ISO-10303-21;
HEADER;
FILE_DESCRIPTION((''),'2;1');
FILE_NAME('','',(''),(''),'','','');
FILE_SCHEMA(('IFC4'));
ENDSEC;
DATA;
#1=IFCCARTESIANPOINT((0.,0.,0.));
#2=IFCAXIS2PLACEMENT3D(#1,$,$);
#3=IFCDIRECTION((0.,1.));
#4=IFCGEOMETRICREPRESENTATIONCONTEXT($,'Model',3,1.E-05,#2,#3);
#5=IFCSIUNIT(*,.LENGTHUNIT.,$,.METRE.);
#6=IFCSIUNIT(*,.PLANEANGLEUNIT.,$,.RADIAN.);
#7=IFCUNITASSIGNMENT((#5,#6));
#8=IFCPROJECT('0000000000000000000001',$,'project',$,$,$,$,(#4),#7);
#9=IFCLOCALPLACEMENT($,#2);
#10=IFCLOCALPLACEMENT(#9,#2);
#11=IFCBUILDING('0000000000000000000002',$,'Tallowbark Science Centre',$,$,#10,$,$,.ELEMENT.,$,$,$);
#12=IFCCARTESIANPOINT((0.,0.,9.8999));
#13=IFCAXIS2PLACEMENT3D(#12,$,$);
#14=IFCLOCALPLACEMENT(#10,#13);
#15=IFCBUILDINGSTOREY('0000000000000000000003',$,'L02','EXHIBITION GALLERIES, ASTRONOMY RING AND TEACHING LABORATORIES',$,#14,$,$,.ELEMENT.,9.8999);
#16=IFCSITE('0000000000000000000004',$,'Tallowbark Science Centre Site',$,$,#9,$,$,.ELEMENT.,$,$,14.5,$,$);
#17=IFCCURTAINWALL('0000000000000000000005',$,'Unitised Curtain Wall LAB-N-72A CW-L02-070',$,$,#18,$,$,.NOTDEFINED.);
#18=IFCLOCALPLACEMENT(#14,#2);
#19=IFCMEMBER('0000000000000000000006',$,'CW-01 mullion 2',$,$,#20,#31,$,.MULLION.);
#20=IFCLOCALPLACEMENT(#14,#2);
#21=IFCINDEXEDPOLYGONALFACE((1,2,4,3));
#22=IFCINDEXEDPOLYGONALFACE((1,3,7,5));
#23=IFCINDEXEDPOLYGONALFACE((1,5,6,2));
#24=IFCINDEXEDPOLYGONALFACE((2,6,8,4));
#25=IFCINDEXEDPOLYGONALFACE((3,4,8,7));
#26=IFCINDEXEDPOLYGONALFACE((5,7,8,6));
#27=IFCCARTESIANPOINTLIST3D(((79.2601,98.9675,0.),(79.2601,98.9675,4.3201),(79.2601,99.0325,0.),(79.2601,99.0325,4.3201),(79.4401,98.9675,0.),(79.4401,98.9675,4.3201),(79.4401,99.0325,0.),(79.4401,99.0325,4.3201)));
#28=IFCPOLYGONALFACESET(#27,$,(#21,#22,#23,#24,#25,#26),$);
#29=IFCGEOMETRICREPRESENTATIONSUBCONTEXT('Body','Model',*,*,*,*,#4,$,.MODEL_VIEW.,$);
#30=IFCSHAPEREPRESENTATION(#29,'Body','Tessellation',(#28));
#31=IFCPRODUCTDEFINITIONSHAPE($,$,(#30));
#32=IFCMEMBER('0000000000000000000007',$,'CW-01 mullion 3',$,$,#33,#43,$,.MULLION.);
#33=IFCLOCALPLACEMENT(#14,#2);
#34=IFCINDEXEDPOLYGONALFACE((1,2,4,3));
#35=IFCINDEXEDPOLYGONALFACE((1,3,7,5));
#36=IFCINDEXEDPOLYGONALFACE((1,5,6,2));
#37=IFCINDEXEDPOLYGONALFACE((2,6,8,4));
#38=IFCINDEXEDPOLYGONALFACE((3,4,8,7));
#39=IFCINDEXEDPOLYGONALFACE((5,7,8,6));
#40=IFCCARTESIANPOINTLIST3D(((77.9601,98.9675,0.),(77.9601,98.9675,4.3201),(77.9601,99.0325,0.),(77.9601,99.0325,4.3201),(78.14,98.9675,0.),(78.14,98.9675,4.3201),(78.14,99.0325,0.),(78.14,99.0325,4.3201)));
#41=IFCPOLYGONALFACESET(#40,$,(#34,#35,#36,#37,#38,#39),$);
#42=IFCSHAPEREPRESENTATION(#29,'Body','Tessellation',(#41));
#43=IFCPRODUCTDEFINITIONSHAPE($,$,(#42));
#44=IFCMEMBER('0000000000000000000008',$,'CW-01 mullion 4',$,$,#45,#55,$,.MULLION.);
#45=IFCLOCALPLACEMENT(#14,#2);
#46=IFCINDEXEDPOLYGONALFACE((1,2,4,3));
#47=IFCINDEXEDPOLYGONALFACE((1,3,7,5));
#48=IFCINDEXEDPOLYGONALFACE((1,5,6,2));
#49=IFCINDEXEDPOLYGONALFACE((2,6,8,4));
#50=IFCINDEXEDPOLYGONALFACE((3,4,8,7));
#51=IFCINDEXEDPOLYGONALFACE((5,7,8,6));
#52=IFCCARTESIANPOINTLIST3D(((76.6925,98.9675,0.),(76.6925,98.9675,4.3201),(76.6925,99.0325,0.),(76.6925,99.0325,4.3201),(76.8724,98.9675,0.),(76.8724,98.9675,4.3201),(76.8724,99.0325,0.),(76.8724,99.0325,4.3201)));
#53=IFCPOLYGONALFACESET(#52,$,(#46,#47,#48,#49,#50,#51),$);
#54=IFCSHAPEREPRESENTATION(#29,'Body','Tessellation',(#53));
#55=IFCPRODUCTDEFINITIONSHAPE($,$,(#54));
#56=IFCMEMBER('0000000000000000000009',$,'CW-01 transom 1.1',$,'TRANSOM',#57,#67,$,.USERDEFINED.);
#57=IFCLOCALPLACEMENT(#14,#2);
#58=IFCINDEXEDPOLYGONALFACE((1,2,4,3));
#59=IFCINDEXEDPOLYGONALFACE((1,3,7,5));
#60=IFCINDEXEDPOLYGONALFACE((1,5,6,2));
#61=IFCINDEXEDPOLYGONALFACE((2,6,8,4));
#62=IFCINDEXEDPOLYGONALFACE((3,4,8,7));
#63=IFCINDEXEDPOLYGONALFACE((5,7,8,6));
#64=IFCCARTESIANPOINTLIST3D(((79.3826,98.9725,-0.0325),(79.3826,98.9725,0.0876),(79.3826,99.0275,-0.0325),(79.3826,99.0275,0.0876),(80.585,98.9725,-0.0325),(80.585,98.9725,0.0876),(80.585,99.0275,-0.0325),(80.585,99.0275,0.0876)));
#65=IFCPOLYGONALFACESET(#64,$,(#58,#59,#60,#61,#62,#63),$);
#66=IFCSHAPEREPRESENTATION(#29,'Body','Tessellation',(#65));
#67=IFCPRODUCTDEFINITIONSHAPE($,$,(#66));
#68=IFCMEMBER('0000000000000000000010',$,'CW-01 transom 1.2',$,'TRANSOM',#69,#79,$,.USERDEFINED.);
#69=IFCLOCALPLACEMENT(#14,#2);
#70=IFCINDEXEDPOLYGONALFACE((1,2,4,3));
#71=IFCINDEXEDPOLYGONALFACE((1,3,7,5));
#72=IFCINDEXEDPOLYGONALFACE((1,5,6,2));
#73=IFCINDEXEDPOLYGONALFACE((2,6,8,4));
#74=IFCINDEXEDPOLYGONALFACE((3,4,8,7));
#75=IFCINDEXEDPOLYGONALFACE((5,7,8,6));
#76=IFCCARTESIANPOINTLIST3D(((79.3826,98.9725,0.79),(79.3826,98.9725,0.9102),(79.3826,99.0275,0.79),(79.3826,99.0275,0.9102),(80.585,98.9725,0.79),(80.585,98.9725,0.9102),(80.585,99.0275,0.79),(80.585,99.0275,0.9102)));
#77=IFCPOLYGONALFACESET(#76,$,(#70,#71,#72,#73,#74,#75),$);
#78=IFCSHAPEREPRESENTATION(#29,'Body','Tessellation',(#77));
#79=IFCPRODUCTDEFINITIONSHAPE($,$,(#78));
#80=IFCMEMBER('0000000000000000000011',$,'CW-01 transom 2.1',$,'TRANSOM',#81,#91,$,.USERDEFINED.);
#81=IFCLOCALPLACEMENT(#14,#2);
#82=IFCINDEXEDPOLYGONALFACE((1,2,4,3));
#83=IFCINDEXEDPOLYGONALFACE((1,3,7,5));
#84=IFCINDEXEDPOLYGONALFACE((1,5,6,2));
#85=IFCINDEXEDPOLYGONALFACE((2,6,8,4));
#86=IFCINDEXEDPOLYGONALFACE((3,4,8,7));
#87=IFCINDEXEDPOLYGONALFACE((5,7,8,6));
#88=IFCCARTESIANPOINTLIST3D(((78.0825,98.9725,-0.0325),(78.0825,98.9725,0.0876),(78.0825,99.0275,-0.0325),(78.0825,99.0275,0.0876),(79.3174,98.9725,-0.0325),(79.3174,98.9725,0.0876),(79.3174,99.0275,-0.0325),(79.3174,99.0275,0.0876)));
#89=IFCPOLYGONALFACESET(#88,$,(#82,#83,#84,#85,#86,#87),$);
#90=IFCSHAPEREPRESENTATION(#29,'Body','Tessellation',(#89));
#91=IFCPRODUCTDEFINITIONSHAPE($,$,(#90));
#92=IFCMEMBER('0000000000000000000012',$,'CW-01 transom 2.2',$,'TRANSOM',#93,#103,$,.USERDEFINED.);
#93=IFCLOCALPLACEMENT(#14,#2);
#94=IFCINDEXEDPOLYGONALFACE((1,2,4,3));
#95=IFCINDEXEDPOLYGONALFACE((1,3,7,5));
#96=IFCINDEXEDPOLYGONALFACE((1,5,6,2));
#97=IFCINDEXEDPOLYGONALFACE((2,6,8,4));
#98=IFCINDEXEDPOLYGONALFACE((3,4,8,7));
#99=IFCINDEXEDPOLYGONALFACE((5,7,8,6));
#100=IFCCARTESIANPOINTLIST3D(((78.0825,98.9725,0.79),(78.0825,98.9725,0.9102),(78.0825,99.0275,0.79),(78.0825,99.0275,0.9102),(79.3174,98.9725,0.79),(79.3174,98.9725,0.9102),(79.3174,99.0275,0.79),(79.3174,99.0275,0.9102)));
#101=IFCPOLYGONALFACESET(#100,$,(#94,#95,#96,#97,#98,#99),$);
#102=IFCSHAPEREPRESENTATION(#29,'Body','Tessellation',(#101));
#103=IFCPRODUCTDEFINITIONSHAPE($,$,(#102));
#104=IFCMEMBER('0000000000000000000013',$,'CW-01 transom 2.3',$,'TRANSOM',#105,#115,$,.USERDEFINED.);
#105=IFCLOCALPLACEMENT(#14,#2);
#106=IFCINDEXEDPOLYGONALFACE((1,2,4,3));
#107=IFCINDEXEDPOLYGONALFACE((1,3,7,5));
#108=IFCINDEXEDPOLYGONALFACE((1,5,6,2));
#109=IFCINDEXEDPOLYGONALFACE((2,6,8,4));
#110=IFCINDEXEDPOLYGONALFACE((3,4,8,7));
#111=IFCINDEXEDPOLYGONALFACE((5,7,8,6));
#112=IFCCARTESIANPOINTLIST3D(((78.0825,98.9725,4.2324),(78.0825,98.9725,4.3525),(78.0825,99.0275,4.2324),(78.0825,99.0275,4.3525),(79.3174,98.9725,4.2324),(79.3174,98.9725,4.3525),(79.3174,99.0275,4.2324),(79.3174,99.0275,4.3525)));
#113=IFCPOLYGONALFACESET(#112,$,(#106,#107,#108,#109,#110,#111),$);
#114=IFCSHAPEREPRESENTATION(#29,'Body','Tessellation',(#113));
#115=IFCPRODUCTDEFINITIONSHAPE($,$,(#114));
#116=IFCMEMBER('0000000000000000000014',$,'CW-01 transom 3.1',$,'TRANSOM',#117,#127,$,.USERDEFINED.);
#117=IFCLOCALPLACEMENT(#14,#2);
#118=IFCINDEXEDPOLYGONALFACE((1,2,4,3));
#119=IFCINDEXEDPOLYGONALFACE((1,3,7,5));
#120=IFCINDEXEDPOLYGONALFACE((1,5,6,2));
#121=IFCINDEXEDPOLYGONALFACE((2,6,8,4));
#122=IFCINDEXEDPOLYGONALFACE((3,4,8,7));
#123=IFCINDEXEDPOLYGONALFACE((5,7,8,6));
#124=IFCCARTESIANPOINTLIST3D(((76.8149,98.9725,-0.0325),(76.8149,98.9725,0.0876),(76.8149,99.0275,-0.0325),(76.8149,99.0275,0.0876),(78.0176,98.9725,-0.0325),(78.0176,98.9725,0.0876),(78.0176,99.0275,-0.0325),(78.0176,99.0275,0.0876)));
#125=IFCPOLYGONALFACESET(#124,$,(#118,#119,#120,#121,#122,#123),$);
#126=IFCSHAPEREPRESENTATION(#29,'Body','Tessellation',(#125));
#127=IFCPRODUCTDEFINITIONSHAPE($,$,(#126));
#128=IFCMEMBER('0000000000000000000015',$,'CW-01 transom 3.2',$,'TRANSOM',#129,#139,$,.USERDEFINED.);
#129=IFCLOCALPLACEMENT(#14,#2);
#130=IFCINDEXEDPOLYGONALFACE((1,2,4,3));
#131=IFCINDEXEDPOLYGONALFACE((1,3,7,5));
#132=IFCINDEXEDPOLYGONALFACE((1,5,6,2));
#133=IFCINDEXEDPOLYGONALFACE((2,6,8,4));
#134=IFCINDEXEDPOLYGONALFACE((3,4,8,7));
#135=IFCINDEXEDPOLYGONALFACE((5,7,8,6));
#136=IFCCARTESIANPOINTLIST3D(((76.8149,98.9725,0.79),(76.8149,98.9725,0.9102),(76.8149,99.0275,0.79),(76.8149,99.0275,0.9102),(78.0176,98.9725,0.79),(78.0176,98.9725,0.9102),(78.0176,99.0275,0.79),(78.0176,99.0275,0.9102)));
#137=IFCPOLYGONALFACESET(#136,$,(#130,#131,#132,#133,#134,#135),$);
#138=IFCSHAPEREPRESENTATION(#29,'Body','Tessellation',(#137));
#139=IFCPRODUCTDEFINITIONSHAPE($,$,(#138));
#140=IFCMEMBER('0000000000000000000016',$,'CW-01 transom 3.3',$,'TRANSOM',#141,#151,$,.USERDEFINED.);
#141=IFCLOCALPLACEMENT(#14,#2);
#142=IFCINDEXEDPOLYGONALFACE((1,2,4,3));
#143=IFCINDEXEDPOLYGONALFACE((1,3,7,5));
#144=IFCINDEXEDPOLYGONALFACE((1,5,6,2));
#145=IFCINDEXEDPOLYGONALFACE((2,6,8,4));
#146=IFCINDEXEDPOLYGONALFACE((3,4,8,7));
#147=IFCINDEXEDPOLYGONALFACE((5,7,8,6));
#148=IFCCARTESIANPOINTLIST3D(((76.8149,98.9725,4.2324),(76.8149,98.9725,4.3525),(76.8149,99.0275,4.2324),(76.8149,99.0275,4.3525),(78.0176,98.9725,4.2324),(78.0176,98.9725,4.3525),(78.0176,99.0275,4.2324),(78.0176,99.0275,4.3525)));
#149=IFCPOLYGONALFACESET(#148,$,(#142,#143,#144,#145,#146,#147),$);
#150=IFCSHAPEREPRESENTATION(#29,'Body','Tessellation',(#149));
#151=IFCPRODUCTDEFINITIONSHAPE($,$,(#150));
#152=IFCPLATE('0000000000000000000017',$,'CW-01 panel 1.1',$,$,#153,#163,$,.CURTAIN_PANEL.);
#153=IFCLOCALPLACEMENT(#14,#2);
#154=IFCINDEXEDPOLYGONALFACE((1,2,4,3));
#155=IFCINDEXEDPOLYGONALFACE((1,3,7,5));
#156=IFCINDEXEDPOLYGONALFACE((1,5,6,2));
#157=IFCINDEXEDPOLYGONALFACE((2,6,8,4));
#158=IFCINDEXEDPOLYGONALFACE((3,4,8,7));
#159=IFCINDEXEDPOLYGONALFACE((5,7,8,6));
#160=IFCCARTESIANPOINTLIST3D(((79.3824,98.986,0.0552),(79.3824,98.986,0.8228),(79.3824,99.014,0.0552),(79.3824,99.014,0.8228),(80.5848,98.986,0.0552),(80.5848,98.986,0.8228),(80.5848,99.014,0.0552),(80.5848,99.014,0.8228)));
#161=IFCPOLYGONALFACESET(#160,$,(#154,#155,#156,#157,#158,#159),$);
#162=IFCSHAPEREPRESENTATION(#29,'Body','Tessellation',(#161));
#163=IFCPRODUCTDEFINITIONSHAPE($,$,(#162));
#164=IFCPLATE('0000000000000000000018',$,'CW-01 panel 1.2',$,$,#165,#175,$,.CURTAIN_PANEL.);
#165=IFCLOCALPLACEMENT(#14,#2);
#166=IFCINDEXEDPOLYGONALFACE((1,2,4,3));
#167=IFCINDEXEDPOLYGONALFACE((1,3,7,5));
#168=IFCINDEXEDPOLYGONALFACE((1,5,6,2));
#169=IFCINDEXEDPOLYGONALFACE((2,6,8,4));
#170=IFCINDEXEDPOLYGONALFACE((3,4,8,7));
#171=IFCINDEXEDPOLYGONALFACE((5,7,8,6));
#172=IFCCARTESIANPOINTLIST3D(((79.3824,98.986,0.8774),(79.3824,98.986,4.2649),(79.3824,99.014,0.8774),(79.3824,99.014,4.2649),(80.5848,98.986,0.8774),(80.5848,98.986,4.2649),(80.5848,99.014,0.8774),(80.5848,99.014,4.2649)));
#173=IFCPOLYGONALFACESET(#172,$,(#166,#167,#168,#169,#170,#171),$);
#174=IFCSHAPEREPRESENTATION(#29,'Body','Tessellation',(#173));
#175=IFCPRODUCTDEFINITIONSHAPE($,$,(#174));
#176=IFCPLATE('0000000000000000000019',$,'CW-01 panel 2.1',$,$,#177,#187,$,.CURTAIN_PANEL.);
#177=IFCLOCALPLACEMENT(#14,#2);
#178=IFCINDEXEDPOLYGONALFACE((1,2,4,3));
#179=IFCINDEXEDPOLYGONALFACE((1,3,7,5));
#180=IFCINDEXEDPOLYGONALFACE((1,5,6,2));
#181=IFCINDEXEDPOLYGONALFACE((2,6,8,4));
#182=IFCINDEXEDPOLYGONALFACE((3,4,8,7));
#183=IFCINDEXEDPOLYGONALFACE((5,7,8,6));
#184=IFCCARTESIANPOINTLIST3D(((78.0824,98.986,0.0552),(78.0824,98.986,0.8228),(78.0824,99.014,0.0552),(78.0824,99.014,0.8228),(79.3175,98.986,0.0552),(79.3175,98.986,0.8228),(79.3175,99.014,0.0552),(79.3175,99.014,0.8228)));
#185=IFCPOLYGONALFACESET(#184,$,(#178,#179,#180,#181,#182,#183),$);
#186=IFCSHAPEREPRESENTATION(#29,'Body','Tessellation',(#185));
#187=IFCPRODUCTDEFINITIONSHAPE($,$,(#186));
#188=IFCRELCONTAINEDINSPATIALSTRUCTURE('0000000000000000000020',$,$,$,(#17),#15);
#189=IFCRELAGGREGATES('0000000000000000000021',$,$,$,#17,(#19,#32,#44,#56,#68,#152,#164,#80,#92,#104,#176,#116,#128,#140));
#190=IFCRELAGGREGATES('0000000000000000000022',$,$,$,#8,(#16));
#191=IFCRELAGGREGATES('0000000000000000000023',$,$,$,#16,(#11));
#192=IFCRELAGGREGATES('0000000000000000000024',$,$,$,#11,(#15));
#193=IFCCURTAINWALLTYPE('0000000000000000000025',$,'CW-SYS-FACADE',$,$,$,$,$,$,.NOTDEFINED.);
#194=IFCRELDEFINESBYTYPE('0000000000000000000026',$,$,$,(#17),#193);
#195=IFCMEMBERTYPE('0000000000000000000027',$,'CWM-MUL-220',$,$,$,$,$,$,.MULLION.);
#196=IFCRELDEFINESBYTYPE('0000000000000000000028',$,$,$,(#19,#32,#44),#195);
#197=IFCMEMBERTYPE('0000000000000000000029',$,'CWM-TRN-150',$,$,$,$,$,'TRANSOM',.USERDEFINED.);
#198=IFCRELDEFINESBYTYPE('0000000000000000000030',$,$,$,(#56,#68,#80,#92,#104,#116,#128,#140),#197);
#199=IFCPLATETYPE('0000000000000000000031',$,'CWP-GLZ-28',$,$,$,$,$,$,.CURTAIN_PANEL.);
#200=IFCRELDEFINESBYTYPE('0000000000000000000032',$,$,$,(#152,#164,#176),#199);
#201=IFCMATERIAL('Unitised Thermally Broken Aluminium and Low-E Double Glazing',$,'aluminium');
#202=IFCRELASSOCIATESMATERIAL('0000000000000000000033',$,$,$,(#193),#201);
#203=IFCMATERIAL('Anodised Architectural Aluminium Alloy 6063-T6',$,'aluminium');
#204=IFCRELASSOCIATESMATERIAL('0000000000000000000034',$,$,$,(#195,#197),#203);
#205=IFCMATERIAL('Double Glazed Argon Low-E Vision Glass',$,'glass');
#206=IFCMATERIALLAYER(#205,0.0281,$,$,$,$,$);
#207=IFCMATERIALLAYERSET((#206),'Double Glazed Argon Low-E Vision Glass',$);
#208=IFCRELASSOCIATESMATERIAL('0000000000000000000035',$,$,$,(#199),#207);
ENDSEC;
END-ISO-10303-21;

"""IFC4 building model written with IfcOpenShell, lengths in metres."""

from ifc_helpers import new_model, si_unit, direction, frame, origin, origin_2d, place, context, subcontext, project, spatial, rectangle, extrude, material, layer, layer_set, material_profile, profile_set, type_object, element, aggregate, save


model = new_model("IFC4")

# Units and contexts
model_context = context("Model", 3, precision=1e-05, world=origin(), true_north=direction((0.0, 1.0)))
body_context = subcontext(model_context, "Body", "Model", "MODEL_VIEW")
ifc_project = project(units=[si_unit("LENGTHUNIT", "METRE"), si_unit("PLANEANGLEUNIT", "RADIAN")], contexts=[model_context])

# Site, building, storey
site_placement = place(None, origin())
site = spatial("IfcSite", under=ifc_project, at=site_placement, Name="Tallowbark Science Centre Site", CompositionType="ELEMENT", RefElevation=14.5)
building_placement = place(site_placement, origin())
building = spatial("IfcBuilding", under=site, at=building_placement, Name="Tallowbark Science Centre", CompositionType="ELEMENT")
storey_placement = place(building_placement, frame((0.0, 0.0, 9.8999)))
storey = spatial("IfcBuildingStorey", under=building, at=storey_placement, Name="L02", Description="EXHIBITION GALLERIES, ASTRONOMY RING AND TEACHING LABORATORIES", CompositionType="ELEMENT", Elevation=9.8999)

# Curtain wall, members, plates
ifc_material_1 = material(Name="Unitised Thermally Broken Aluminium and Low-E Double Glazing", Category="aluminium")
curtain_wall_type = type_object("IfcCurtainWallType", Name="CW-SYS-FACADE", PredefinedType="NOTDEFINED", material=ifc_material_1)
curtain_wall_placement = place(storey_placement, origin())
curtain_wall = element("IfcCurtainWall", 1, at=curtain_wall_placement, inside=storey, type_object=curtain_wall_type, Name="Unitised Curtain Wall LAB-N-72A CW-L02-070", PredefinedType="NOTDEFINED")
ifc_material_2 = material(Name="Anodised Architectural Aluminium Alloy 6063-T6", Category="aluminium")
ifc_material_profile_1 = material_profile(ifc_material_2, rectangle(XDim=0.0649, YDim=0.1799, at=origin_2d()), Name="ALU65x180")
ifc_profile_set_1 = profile_set([ifc_material_profile_1], Name="Anodised Architectural Aluminium Alloy 6063-T6")
member_type_1 = type_object("IfcMemberType", Name="CWM-MUL-220", PredefinedType="MULLION", material=ifc_profile_set_1)
member_1_placement = place(storey_placement, frame((79.3501, 99.0, 0.0), z_axis=(0.0, 0.0, 1.0), x_axis=(0.0, -1.0, 0.0)))
member_1 = element("IfcMember", 2, at=member_1_placement, type_object=member_type_1, Name="CW-01 mullion 2", PredefinedType="MULLION", context=body_context, shape_type="SweptSolid", body=[
    extrude(rectangle(XDim=0.0649, YDim=0.1799, at=origin_2d()), origin(), (0.0, 0.0, 1.0), 4.3201),
])
member_2_placement = place(storey_placement, frame((78.05, 99.0, 0.0), z_axis=(0.0, 0.0, 1.0), x_axis=(0.0, -1.0, 0.0)))
member_2 = element("IfcMember", 3, at=member_2_placement, type_object=member_type_1, Name="CW-01 mullion 3", PredefinedType="MULLION", context=body_context, shape_type="SweptSolid", body=[
    extrude(rectangle(XDim=0.0649, YDim=0.1799, at=origin_2d()), origin(), (0.0, 0.0, 1.0), 4.3201),
])
member_3_placement = place(storey_placement, frame((76.7825, 99.0, 0.0), z_axis=(0.0, 0.0, 1.0), x_axis=(0.0, -1.0, 0.0)))
member_3 = element("IfcMember", 4, at=member_3_placement, type_object=member_type_1, Name="CW-01 mullion 4", PredefinedType="MULLION", context=body_context, shape_type="SweptSolid", body=[
    extrude(rectangle(XDim=0.0649, YDim=0.1799, at=origin_2d()), origin(), (0.0, 0.0, 1.0), 4.3201),
])
ifc_material_profile_2 = material_profile(ifc_material_2, rectangle(XDim=0.0549, YDim=0.1201, at=origin_2d()), Name="ALU55x120")
ifc_profile_set_2 = profile_set([ifc_material_profile_2], Name="Anodised Architectural Aluminium Alloy 6063-T6")
member_type_2 = type_object("IfcMemberType", Name="CWM-TRN-150", ElementType="TRANSOM", PredefinedType="USERDEFINED", material=ifc_profile_set_2)
member_4_placement = place(storey_placement, frame((80.585, 99.0, 0.0276), z_axis=(-1.0, 0.0, 0.0), x_axis=(0.0, -1.0, 0.0)))
member_4 = element("IfcMember", 5, at=member_4_placement, type_object=member_type_2, Name="CW-01 transom 1.1", ObjectType="TRANSOM", PredefinedType="USERDEFINED", context=body_context, shape_type="SweptSolid", body=[
    extrude(rectangle(XDim=0.0549, YDim=0.1201, at=origin_2d()), origin(), (0.0, 0.0, 1.0), 1.2024),
])
member_5_placement = place(storey_placement, frame((80.585, 99.0, 0.8501), z_axis=(-1.0, 0.0, 0.0), x_axis=(0.0, -1.0, 0.0)))
member_5 = element("IfcMember", 6, at=member_5_placement, type_object=member_type_2, Name="CW-01 transom 1.2", ObjectType="TRANSOM", PredefinedType="USERDEFINED", context=body_context, shape_type="SweptSolid", body=[
    extrude(rectangle(XDim=0.0549, YDim=0.1201, at=origin_2d()), origin(), (0.0, 0.0, 1.0), 1.2024),
])
member_6_placement = place(storey_placement, frame((79.3174, 99.0, 0.0276), z_axis=(-1.0, 0.0, 0.0), x_axis=(0.0, -1.0, 0.0)))
member_6 = element("IfcMember", 7, at=member_6_placement, type_object=member_type_2, Name="CW-01 transom 2.1", ObjectType="TRANSOM", PredefinedType="USERDEFINED", context=body_context, shape_type="SweptSolid", body=[
    extrude(rectangle(XDim=0.0549, YDim=0.1201, at=origin_2d()), origin(), (0.0, 0.0, 1.0), 1.2349),
])
member_7_placement = place(storey_placement, frame((79.3174, 99.0, 0.8501), z_axis=(-1.0, 0.0, 0.0), x_axis=(0.0, -1.0, 0.0)))
member_7 = element("IfcMember", 8, at=member_7_placement, type_object=member_type_2, Name="CW-01 transom 2.2", ObjectType="TRANSOM", PredefinedType="USERDEFINED", context=body_context, shape_type="SweptSolid", body=[
    extrude(rectangle(XDim=0.0549, YDim=0.1201, at=origin_2d()), origin(), (0.0, 0.0, 1.0), 1.2349),
])
member_8_placement = place(storey_placement, frame((79.3174, 99.0, 4.2925), z_axis=(-1.0, 0.0, 0.0), x_axis=(0.0, -1.0, 0.0)))
member_8 = element("IfcMember", 9, at=member_8_placement, type_object=member_type_2, Name="CW-01 transom 2.3", ObjectType="TRANSOM", PredefinedType="USERDEFINED", context=body_context, shape_type="SweptSolid", body=[
    extrude(rectangle(XDim=0.0549, YDim=0.1201, at=origin_2d()), origin(), (0.0, 0.0, 1.0), 1.2349),
])
member_9_placement = place(storey_placement, frame((78.0176, 99.0, 0.0276), z_axis=(-1.0, 0.0, 0.0), x_axis=(0.0, -1.0, 0.0)))
member_9 = element("IfcMember", 10, at=member_9_placement, type_object=member_type_2, Name="CW-01 transom 3.1", ObjectType="TRANSOM", PredefinedType="USERDEFINED", context=body_context, shape_type="SweptSolid", body=[
    extrude(rectangle(XDim=0.0549, YDim=0.1201, at=origin_2d()), origin(), (0.0, 0.0, 1.0), 1.2026),
])
member_10_placement = place(storey_placement, frame((78.0176, 99.0, 0.8501), z_axis=(-1.0, 0.0, 0.0), x_axis=(0.0, -1.0, 0.0)))
member_10 = element("IfcMember", 11, at=member_10_placement, type_object=member_type_2, Name="CW-01 transom 3.2", ObjectType="TRANSOM", PredefinedType="USERDEFINED", context=body_context, shape_type="SweptSolid", body=[
    extrude(rectangle(XDim=0.0549, YDim=0.1201, at=origin_2d()), origin(), (0.0, 0.0, 1.0), 1.2026),
])
member_11_placement = place(storey_placement, frame((78.0176, 99.0, 4.2925), z_axis=(-1.0, 0.0, 0.0), x_axis=(0.0, -1.0, 0.0)))
member_11 = element("IfcMember", 12, at=member_11_placement, type_object=member_type_2, Name="CW-01 transom 3.3", ObjectType="TRANSOM", PredefinedType="USERDEFINED", context=body_context, shape_type="SweptSolid", body=[
    extrude(rectangle(XDim=0.0549, YDim=0.1201, at=origin_2d()), origin(), (0.0, 0.0, 1.0), 1.2026),
])
ifc_material_3 = material(Name="Double Glazed Argon Low-E Vision Glass", Category="glass")
ifc_layer_1 = layer(ifc_material_3, 0.0281)
ifc_layer_set_1 = layer_set([ifc_layer_1], Name="Double Glazed Argon Low-E Vision Glass")
plate_type = type_object("IfcPlateType", Name="CWP-GLZ-28", PredefinedType="CURTAIN_PANEL", material=ifc_layer_set_1)
plate_1_placement = place(storey_placement, frame((79.9836, 99.0, 0.0552), z_axis=(0.0, 0.0, 1.0), x_axis=(-1.0, 0.0, 0.0)))
plate_1 = element("IfcPlate", 13, at=plate_1_placement, type_object=plate_type, Name="CW-01 panel 1.1", PredefinedType="CURTAIN_PANEL", context=body_context, shape_type="SweptSolid", body=[
    extrude(rectangle(XDim=1.2024, YDim=0.0281, at=origin_2d()), origin(), (0.0, 0.0, 1.0), 0.7676),
])
plate_2_placement = place(storey_placement, frame((79.9836, 99.0, 0.8774), z_axis=(0.0, 0.0, 1.0), x_axis=(-1.0, 0.0, 0.0)))
plate_2 = element("IfcPlate", 14, at=plate_2_placement, type_object=plate_type, Name="CW-01 panel 1.2", PredefinedType="CURTAIN_PANEL", context=body_context, shape_type="SweptSolid", body=[
    extrude(rectangle(XDim=1.2024, YDim=0.0281, at=origin_2d()), origin(), (0.0, 0.0, 1.0), 3.3875),
])
plate_3_placement = place(storey_placement, frame((78.7, 99.0, 0.0552), z_axis=(0.0, 0.0, 1.0), x_axis=(-1.0, 0.0, 0.0)))
plate_3 = element("IfcPlate", 15, at=plate_3_placement, type_object=plate_type, Name="CW-01 panel 2.1", PredefinedType="CURTAIN_PANEL", context=body_context, shape_type="SweptSolid", body=[
    extrude(rectangle(XDim=1.2351, YDim=0.0281, at=origin_2d()), origin(), (0.0, 0.0, 1.0), 0.7676),
])
aggregate(curtain_wall, [member_1, member_2, member_3, member_4, member_5, plate_1, plate_2, member_6, member_7, member_8, plate_3, member_9, member_10, member_11])

save(model, "model.ifc")
